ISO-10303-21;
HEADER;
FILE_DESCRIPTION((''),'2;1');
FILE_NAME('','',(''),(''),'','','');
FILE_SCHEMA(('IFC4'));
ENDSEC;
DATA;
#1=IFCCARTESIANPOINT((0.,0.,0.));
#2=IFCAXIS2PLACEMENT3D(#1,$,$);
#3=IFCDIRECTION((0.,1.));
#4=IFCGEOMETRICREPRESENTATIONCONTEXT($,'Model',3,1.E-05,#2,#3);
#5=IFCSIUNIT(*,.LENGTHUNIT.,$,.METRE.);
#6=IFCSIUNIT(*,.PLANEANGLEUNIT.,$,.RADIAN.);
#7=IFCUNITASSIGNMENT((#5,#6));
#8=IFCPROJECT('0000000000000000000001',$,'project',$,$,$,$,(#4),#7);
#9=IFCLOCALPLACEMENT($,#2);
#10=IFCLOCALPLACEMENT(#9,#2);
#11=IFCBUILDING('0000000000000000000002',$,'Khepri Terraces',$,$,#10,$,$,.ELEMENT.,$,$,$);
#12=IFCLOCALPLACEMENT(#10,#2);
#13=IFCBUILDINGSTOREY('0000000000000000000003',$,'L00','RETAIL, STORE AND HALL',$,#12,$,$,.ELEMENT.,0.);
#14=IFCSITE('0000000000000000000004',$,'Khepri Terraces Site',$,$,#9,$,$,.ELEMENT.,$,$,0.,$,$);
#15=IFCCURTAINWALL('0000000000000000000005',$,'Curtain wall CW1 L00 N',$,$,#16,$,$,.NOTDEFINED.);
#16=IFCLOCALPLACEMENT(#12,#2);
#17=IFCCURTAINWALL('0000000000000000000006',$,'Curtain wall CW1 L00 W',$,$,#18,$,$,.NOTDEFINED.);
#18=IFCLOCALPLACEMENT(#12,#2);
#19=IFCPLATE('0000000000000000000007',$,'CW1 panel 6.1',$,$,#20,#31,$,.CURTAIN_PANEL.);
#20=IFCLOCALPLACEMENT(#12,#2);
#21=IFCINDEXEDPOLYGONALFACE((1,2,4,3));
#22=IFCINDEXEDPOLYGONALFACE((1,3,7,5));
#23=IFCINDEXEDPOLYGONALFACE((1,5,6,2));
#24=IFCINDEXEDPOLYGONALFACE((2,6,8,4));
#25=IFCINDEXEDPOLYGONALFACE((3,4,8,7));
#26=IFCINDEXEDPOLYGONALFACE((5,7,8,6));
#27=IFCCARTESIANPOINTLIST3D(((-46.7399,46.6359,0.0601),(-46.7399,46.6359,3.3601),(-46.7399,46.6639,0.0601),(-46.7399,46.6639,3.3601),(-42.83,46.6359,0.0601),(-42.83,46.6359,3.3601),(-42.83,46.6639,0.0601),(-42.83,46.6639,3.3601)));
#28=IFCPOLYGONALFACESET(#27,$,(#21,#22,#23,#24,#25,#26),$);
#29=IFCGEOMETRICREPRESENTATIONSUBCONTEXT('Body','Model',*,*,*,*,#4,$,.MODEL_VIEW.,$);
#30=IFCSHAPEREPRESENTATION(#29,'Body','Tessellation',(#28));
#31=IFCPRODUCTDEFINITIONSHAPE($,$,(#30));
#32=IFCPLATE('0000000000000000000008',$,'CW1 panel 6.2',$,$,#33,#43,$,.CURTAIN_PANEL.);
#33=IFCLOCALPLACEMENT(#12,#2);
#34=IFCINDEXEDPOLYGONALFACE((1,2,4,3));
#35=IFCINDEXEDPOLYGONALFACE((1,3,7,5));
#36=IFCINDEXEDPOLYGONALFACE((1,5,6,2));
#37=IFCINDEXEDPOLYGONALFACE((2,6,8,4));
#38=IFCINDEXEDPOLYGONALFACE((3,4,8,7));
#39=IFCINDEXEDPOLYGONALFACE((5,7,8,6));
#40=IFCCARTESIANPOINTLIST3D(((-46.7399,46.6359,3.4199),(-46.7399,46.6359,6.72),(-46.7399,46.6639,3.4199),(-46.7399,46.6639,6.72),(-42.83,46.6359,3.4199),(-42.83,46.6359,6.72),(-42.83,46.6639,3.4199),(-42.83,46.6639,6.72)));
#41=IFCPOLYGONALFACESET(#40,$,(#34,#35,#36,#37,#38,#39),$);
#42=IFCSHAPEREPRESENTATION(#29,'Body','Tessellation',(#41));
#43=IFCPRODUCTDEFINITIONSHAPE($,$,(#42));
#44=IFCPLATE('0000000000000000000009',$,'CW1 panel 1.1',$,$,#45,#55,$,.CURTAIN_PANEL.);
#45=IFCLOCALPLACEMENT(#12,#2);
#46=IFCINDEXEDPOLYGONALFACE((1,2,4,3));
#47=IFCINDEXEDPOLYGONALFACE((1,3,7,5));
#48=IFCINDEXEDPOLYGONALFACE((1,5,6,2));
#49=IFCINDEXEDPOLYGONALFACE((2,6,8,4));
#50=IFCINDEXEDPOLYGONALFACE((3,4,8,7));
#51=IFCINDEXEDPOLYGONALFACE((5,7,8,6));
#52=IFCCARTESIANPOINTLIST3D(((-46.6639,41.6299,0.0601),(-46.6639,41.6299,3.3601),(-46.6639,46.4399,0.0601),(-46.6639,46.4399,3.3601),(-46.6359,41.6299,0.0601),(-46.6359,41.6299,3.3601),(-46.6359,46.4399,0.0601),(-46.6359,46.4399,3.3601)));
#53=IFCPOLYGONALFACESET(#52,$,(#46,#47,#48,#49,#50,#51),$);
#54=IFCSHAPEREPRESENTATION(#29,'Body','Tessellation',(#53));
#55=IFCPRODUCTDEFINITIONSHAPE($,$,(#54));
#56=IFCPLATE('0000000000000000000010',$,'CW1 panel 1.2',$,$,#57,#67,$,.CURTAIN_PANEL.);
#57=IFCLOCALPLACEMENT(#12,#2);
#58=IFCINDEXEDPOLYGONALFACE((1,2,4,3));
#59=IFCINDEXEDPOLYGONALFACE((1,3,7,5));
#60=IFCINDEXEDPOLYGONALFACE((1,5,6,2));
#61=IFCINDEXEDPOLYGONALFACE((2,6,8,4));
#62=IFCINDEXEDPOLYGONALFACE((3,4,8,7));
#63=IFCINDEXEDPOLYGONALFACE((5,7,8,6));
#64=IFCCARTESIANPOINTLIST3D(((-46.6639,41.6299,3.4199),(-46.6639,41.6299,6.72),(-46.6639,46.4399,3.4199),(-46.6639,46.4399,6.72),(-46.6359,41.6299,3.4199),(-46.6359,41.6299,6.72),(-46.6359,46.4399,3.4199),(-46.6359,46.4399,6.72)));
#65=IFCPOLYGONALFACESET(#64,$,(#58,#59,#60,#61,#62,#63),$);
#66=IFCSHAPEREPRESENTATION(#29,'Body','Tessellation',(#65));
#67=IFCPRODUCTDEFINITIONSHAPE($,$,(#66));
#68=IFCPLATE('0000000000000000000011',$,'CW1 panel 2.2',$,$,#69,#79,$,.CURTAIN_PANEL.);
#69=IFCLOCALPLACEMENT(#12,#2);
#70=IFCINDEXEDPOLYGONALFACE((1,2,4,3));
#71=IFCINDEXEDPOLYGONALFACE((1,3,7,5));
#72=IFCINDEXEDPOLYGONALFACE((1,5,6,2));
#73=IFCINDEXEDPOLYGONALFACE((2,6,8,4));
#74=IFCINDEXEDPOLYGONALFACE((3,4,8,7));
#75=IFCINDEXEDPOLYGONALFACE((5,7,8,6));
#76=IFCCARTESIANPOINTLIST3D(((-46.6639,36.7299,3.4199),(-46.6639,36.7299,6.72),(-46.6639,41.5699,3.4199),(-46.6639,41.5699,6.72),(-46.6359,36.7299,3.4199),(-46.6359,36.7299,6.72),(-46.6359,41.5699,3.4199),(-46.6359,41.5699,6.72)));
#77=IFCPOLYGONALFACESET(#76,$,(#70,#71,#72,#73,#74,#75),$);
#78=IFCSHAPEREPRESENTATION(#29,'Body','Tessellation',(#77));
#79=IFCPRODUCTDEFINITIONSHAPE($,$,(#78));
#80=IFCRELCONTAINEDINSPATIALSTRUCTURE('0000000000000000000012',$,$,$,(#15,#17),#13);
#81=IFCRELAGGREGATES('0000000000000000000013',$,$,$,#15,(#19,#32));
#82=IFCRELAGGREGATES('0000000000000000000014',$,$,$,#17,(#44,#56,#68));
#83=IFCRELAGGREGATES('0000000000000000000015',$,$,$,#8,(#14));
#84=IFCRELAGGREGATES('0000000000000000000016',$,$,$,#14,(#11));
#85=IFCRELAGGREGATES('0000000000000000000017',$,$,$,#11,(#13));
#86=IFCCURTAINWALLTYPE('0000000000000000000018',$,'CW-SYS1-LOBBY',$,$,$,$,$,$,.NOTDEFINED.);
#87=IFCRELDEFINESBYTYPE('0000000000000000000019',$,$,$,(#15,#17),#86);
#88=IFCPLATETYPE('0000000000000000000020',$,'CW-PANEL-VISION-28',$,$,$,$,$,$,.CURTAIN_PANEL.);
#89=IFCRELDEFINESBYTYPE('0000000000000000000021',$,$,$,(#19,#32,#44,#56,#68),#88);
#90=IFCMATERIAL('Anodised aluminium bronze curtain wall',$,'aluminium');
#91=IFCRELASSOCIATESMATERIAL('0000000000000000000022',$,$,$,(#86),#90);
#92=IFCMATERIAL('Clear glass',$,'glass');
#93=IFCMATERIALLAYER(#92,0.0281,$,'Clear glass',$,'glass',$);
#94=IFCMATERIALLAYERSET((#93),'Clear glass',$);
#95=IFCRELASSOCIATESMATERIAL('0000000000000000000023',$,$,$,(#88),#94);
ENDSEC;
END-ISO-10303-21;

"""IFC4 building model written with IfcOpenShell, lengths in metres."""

from ifc_helpers import new_model, si_unit, direction, frame, origin, origin_2d, place, context, subcontext, project, spatial, rectangle, extrude, material, layer, layer_set, type_object, element, aggregate, save


model = new_model("IFC4")

# Units and contexts
model_context = context("Model", 3, precision=1e-05, world=origin(), true_north=direction((0.0, 1.0)))
body_context = subcontext(model_context, "Body", "Model", "MODEL_VIEW")
ifc_project = project(units=[si_unit("LENGTHUNIT", "METRE"), si_unit("PLANEANGLEUNIT", "RADIAN")], contexts=[model_context])

# Site, building, storey
site_placement = place(None, origin())
site = spatial("IfcSite", under=ifc_project, at=site_placement, Name="Khepri Terraces Site", CompositionType="ELEMENT", RefElevation=0.0)
building_placement = place(site_placement, origin())
building = spatial("IfcBuilding", under=site, at=building_placement, Name="Khepri Terraces", CompositionType="ELEMENT")
storey_placement = place(building_placement, origin())
storey = spatial("IfcBuildingStorey", under=building, at=storey_placement, Name="L00", Description="RETAIL, STORE AND HALL", CompositionType="ELEMENT", Elevation=0.0)

# Curtain walls
ifc_material_1 = material(Name="Anodised aluminium bronze curtain wall", Category="aluminium")
curtain_wall_type = type_object("IfcCurtainWallType", Name="CW-SYS1-LOBBY", PredefinedType="NOTDEFINED", material=ifc_material_1)
curtain_wall_1_placement = place(storey_placement, origin())
curtain_wall_1 = element("IfcCurtainWall", 1, at=curtain_wall_1_placement, inside=storey, type_object=curtain_wall_type, Name="Curtain wall CW1 L00 N", PredefinedType="NOTDEFINED")
curtain_wall_2_placement = place(storey_placement, origin())
curtain_wall_2 = element("IfcCurtainWall", 2, at=curtain_wall_2_placement, inside=storey, type_object=curtain_wall_type, Name="Curtain wall CW1 L00 W", PredefinedType="NOTDEFINED")

# Plates
ifc_material_2 = material(Name="Clear glass", Category="glass")
ifc_layer = layer(ifc_material_2, 0.0281, Name="Clear glass", Category="glass")
ifc_layer_set = layer_set([ifc_layer], Name="Clear glass")
plate_type = type_object("IfcPlateType", Name="CW-PANEL-VISION-28", PredefinedType="CURTAIN_PANEL", material=ifc_layer_set)
plate_1_placement = place(storey_placement, frame((-44.7849, 46.6499, 0.0601), z_axis=(0.0, 0.0, 1.0), x_axis=(-1.0, 0.0, 0.0)))
plate_1 = element("IfcPlate", 3, at=plate_1_placement, type_object=plate_type, Name="CW1 panel 6.1", PredefinedType="CURTAIN_PANEL", context=body_context, shape_type="SweptSolid", body=[
    extrude(rectangle(XDim=3.9099, YDim=0.0281, at=origin_2d()), origin(), (0.0, 0.0, 1.0), 3.3),
])
plate_2_placement = place(storey_placement, frame((-44.7849, 46.6499, 3.4199), z_axis=(0.0, 0.0, 1.0), x_axis=(-1.0, 0.0, 0.0)))
plate_2 = element("IfcPlate", 4, at=plate_2_placement, type_object=plate_type, Name="CW1 panel 6.2", PredefinedType="CURTAIN_PANEL", context=body_context, shape_type="SweptSolid", body=[
    extrude(rectangle(XDim=3.9099, YDim=0.0281, at=origin_2d()), origin(), (0.0, 0.0, 1.0), 3.3),
])
aggregate(curtain_wall_1, [plate_1, plate_2])
plate_3_placement = place(storey_placement, frame((-46.6499, 44.0349, 0.0601), z_axis=(0.0, 0.0, 1.0), x_axis=(0.0, -1.0, 0.0)))
plate_3 = element("IfcPlate", 5, at=plate_3_placement, type_object=plate_type, Name="CW1 panel 1.1", PredefinedType="CURTAIN_PANEL", context=body_context, shape_type="SweptSolid", body=[
    extrude(rectangle(XDim=4.8101, YDim=0.0281, at=origin_2d()), origin(), (0.0, 0.0, 1.0), 3.3),
])
plate_4_placement = place(storey_placement, frame((-46.6499, 44.0349, 3.4199), z_axis=(0.0, 0.0, 1.0), x_axis=(0.0, -1.0, 0.0)))
plate_4 = element("IfcPlate", 6, at=plate_4_placement, type_object=plate_type, Name="CW1 panel 1.2", PredefinedType="CURTAIN_PANEL", context=body_context, shape_type="SweptSolid", body=[
    extrude(rectangle(XDim=4.8101, YDim=0.0281, at=origin_2d()), origin(), (0.0, 0.0, 1.0), 3.3),
])
plate_5_placement = place(storey_placement, frame((-46.6499, 39.1499, 3.4199), z_axis=(0.0, 0.0, 1.0), x_axis=(0.0, -1.0, 0.0)))
plate_5 = element("IfcPlate", 7, at=plate_5_placement, type_object=plate_type, Name="CW1 panel 2.2", PredefinedType="CURTAIN_PANEL", context=body_context, shape_type="SweptSolid", body=[
    extrude(rectangle(XDim=4.8401, YDim=0.0281, at=origin_2d()), origin(), (0.0, 0.0, 1.0), 3.3),
])
aggregate(curtain_wall_2, [plate_3, plate_4, plate_5])

save(model, "model.ifc")
